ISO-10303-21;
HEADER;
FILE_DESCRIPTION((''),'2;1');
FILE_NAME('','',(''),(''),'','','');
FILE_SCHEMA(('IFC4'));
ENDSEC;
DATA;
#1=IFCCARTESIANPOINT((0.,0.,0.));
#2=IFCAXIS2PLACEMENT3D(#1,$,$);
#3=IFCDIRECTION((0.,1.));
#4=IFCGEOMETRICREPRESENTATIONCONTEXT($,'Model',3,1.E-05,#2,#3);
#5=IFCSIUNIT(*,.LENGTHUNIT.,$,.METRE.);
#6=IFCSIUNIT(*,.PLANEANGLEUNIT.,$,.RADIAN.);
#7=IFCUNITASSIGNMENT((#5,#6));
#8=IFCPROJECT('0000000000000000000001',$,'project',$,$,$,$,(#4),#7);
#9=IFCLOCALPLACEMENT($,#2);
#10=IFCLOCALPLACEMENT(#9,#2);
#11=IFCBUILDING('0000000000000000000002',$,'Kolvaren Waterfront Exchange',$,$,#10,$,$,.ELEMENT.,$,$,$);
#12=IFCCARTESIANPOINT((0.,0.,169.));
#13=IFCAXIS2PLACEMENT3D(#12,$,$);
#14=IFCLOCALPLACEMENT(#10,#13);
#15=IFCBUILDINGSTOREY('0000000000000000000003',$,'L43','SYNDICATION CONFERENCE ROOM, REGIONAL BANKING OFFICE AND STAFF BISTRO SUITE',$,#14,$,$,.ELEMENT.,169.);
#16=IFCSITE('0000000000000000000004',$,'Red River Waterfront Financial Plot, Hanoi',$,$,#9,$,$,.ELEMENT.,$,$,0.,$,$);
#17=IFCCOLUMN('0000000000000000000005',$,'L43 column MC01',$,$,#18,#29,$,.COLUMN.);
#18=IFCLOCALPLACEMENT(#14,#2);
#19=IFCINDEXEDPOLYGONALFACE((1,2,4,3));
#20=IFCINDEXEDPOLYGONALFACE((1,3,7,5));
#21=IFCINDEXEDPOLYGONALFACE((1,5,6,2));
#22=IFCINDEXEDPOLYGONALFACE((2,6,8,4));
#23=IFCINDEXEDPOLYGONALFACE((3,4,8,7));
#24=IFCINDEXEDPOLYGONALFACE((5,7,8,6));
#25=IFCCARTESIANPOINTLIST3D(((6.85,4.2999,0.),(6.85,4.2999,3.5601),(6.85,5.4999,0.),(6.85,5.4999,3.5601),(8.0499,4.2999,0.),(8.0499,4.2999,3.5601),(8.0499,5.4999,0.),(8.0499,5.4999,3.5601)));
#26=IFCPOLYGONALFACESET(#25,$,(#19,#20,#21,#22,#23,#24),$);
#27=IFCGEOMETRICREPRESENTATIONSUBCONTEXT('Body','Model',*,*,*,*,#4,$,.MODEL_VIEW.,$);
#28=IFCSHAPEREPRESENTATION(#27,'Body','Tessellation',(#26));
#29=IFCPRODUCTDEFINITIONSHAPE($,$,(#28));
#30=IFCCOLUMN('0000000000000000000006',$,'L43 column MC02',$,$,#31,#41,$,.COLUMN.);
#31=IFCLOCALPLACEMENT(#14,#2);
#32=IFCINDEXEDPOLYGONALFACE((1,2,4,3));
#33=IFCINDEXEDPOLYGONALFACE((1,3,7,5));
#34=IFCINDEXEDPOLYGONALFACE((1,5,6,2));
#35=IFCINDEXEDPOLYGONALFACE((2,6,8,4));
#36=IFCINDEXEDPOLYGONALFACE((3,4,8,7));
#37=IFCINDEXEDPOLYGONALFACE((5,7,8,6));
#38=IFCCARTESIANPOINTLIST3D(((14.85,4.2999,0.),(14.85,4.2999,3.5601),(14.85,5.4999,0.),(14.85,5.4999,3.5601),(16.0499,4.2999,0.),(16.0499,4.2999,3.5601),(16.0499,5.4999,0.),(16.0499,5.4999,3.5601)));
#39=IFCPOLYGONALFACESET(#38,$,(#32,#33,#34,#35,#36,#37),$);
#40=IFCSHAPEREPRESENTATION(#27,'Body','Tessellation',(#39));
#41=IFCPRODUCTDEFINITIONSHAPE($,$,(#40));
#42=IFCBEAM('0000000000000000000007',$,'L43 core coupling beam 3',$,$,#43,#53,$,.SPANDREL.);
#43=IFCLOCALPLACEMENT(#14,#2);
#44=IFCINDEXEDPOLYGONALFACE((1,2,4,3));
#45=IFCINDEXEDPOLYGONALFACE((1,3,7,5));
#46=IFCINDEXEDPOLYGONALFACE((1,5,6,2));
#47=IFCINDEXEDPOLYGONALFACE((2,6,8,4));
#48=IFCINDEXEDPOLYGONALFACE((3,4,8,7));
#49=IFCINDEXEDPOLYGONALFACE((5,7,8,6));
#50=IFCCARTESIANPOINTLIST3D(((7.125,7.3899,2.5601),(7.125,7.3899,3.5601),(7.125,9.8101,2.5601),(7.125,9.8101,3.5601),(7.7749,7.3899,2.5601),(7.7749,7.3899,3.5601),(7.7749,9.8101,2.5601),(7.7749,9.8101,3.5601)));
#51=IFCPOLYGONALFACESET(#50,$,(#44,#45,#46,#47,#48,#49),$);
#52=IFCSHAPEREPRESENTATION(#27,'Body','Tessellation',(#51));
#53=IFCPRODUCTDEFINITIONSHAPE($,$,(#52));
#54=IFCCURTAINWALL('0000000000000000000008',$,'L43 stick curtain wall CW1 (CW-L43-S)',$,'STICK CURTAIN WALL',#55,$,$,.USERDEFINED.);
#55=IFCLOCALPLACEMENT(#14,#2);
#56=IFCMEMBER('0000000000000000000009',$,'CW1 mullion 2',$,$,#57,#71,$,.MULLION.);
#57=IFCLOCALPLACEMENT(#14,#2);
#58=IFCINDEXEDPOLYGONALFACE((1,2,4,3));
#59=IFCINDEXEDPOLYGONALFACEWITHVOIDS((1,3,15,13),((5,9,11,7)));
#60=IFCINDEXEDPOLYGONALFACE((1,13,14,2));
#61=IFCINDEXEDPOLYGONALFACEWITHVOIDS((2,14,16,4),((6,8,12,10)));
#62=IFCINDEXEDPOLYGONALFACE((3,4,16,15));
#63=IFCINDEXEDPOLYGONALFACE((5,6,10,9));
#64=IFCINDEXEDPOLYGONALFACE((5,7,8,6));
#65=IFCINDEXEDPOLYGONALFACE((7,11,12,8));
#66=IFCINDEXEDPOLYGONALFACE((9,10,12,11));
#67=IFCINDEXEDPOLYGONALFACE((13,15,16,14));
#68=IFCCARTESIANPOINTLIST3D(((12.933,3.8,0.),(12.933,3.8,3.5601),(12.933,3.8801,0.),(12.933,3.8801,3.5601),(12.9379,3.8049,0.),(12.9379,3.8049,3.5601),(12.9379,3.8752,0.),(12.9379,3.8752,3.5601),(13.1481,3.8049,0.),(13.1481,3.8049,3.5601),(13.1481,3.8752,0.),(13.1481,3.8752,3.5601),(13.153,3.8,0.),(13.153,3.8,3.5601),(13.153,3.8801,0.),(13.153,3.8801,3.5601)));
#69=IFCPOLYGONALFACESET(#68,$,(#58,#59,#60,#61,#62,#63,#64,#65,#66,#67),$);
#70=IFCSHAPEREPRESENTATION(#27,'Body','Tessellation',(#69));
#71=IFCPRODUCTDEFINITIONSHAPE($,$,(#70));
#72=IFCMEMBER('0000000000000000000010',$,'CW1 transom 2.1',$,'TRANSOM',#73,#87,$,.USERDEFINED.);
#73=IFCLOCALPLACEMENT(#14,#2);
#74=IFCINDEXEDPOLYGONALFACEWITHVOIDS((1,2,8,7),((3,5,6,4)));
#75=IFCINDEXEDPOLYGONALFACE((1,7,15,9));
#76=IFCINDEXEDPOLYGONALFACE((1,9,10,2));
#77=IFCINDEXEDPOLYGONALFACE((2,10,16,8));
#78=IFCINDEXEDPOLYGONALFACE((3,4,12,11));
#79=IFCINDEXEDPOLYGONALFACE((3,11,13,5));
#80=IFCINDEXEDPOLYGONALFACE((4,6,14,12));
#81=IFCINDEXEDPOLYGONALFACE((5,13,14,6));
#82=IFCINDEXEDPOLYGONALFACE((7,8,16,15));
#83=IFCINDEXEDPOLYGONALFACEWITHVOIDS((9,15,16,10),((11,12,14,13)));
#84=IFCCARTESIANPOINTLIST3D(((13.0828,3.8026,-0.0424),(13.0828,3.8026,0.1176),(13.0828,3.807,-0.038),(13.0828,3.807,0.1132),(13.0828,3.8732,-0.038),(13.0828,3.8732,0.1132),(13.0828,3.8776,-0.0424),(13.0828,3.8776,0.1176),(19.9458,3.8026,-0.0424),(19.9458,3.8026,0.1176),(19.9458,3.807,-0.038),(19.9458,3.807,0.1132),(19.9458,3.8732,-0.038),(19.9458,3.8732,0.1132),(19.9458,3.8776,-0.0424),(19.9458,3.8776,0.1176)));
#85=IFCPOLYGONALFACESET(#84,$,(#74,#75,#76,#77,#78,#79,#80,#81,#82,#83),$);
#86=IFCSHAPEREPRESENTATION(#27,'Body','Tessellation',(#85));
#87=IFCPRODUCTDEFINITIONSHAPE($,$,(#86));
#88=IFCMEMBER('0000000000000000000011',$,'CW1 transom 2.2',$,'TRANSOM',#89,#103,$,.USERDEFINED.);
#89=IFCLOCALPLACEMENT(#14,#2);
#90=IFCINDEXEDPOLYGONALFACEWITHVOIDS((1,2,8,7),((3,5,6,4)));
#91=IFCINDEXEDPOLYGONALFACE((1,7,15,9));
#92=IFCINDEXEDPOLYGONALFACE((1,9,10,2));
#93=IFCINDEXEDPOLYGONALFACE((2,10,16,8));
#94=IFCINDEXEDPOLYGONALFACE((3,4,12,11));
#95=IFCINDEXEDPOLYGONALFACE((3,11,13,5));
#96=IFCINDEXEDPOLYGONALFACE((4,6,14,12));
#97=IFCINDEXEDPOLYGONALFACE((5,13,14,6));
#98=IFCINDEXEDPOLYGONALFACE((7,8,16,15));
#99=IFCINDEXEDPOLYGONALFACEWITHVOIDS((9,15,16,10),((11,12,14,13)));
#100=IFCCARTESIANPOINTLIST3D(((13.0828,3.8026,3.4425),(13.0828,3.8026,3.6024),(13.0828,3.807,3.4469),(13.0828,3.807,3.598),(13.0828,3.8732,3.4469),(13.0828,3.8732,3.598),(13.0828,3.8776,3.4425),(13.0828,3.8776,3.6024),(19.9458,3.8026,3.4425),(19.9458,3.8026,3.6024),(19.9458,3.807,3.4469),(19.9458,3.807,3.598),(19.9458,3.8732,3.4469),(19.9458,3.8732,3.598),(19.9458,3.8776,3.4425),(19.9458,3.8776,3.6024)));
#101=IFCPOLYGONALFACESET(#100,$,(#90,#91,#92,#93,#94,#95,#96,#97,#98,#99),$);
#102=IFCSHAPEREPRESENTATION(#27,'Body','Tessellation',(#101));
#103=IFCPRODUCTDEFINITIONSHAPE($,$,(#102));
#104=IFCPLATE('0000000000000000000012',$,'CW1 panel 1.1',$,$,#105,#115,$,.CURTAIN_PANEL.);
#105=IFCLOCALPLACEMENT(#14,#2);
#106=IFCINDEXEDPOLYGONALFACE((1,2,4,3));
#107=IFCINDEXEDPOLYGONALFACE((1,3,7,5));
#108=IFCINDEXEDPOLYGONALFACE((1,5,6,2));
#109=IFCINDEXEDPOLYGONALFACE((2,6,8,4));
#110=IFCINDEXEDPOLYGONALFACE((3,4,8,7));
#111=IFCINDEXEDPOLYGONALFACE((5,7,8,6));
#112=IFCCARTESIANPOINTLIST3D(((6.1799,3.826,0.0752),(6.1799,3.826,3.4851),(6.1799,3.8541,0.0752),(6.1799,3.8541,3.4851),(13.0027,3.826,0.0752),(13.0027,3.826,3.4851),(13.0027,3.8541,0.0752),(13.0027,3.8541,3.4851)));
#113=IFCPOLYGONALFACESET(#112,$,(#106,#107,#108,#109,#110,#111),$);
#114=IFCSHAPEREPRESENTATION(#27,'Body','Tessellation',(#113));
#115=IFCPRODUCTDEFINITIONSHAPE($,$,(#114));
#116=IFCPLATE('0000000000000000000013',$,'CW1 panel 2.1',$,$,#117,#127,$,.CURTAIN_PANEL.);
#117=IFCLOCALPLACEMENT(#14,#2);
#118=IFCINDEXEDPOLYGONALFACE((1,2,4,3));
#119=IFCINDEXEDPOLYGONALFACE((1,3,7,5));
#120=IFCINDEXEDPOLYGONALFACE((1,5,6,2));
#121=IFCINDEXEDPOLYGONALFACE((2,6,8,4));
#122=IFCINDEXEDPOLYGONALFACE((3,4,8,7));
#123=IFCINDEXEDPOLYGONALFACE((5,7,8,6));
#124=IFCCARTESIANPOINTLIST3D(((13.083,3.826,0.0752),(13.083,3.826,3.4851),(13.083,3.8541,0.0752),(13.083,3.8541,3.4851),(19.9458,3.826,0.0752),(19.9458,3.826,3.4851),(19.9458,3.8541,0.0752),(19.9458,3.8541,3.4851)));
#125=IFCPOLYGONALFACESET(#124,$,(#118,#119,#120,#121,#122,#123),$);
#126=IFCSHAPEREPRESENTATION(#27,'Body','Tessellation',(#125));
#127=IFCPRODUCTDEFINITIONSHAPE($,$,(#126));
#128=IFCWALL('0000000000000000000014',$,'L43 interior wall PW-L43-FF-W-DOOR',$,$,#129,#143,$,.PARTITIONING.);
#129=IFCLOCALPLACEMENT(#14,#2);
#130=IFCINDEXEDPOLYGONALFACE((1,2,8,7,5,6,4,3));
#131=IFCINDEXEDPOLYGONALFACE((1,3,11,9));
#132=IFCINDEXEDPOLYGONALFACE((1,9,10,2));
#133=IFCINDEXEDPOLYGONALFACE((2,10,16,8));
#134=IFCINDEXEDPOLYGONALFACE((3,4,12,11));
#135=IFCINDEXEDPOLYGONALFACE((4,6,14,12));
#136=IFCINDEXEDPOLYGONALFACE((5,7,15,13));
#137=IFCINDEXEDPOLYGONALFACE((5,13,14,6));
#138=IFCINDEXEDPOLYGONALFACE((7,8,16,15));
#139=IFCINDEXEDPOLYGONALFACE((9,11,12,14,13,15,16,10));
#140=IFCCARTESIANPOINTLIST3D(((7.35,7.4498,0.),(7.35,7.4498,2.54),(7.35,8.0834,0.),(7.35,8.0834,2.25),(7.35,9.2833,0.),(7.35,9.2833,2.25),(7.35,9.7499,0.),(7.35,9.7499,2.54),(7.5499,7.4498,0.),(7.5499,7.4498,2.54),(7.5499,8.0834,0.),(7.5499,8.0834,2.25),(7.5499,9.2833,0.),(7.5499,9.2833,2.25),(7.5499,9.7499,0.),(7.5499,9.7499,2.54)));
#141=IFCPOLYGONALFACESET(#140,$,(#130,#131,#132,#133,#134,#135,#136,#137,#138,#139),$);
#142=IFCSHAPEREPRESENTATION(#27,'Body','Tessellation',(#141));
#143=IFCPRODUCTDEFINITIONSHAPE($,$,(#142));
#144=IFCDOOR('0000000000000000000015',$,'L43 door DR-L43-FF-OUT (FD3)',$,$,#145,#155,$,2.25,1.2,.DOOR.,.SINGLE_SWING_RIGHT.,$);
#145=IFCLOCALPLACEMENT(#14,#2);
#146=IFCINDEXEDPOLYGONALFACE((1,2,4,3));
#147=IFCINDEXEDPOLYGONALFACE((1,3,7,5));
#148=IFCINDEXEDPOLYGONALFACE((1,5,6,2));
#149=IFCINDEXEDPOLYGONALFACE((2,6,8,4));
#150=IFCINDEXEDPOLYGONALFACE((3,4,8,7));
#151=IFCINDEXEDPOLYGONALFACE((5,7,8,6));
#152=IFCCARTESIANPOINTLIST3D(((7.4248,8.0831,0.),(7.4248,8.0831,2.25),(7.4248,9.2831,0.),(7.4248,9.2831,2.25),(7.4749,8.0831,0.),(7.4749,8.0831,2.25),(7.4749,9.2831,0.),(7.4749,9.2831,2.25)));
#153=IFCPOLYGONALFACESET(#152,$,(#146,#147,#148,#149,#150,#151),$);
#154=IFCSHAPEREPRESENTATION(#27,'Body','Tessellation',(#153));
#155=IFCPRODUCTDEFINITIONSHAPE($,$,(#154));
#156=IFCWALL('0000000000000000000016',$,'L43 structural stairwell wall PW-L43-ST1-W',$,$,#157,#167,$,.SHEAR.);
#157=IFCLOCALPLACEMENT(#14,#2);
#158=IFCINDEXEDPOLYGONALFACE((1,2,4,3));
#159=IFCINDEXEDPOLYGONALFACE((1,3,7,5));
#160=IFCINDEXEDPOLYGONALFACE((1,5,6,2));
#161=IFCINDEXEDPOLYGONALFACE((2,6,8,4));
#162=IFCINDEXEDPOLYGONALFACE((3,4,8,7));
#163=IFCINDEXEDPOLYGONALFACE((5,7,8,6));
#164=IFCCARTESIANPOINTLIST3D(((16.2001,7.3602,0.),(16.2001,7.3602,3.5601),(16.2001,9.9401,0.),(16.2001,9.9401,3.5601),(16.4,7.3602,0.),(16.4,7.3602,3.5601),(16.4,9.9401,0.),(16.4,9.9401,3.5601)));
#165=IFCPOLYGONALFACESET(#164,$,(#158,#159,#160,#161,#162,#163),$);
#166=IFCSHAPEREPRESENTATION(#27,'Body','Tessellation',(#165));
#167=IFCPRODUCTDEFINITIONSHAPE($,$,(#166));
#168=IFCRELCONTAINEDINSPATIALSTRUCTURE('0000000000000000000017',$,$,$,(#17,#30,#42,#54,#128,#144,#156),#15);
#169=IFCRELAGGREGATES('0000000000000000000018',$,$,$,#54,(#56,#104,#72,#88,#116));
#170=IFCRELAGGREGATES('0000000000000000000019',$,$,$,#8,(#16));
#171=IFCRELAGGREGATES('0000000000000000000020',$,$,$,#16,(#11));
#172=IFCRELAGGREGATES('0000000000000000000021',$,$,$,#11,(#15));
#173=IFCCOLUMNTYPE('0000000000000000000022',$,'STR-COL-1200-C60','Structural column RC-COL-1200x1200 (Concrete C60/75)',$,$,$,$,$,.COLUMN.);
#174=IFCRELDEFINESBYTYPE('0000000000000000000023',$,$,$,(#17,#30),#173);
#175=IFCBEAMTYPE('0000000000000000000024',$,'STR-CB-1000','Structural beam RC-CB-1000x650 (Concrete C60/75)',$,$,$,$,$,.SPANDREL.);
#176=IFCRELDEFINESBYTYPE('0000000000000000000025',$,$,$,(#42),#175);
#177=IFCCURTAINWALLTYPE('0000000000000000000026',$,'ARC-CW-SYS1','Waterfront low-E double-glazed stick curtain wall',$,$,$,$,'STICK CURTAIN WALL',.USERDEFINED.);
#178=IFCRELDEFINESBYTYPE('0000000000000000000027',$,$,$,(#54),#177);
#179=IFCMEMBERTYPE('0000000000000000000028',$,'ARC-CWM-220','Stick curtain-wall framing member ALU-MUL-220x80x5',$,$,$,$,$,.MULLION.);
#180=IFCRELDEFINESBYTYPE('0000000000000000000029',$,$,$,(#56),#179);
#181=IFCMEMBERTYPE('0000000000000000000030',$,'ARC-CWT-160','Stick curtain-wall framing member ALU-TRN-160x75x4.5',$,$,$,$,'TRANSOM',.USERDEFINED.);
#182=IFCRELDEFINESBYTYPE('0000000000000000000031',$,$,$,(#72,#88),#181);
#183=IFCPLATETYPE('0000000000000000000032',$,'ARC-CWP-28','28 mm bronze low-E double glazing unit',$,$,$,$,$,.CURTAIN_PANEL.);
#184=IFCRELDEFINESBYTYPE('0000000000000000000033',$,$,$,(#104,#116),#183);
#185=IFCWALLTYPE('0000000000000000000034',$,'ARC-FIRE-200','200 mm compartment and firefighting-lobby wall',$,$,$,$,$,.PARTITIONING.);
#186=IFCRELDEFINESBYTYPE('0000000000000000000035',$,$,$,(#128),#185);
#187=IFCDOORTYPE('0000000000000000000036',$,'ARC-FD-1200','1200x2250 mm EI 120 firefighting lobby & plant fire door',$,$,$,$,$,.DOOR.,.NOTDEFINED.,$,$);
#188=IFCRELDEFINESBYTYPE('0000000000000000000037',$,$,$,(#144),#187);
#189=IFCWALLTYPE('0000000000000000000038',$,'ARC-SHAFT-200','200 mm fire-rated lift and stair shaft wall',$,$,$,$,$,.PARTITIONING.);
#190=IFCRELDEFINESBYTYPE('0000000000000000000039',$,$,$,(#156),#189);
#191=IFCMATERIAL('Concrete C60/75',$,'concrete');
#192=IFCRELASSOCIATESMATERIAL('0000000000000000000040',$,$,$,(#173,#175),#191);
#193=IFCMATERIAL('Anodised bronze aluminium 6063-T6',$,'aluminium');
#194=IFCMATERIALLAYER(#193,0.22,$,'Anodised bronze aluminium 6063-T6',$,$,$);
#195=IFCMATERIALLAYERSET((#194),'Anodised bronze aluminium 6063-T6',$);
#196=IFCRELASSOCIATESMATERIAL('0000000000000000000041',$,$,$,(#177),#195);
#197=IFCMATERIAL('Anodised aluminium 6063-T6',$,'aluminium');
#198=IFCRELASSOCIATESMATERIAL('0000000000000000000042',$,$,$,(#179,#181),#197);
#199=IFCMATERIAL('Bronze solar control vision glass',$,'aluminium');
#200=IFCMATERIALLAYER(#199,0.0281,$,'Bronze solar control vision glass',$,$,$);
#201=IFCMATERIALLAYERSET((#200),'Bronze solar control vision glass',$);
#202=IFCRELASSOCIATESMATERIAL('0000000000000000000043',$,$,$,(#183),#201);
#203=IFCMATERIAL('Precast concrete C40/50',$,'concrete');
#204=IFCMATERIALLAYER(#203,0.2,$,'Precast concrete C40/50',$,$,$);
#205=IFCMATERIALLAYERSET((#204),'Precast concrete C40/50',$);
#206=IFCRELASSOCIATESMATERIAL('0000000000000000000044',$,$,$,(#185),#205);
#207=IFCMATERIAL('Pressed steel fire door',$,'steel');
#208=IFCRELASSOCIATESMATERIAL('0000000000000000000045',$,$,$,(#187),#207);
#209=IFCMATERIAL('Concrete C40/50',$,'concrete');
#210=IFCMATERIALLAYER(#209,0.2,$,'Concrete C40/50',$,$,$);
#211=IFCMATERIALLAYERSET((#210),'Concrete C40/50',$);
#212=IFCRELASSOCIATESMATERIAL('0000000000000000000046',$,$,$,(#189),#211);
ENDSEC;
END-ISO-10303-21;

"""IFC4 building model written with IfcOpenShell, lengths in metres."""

from ifc_helpers import new_model, si_unit, direction, frame, frame_2d, origin, origin_with_axes, origin_2d, place, context, subcontext, project, spatial, rectangle, hollow_rectangle, extrude, source, transform, mapped, material, layer, layer_set, material_profile, profile_set, type_object, element, fill, aggregate, save


model = new_model("IFC4")

# Units and contexts
model_context = context("Model", 3, precision=1e-05, world=origin(), true_north=direction((0.0, 1.0)))
body_context = subcontext(model_context, "Body", "Model", "MODEL_VIEW")
ifc_project = project(units=[si_unit("LENGTHUNIT", "METRE"), si_unit("PLANEANGLEUNIT", "RADIAN")], contexts=[model_context])

# Site, building, storey
site_placement = place(None, origin())
site = spatial("IfcSite", under=ifc_project, at=site_placement, Name="Red River Waterfront Financial Plot, Hanoi", CompositionType="ELEMENT", RefElevation=0.0)
building_placement = place(site_placement, origin())
building = spatial("IfcBuilding", under=site, at=building_placement, Name="Kolvaren Waterfront Exchange", CompositionType="ELEMENT")
storey_placement = place(building_placement, frame((0.0, 0.0, 169.0)))
storey = spatial("IfcBuildingStorey", under=building, at=storey_placement, Name="L43", Description="SYNDICATION CONFERENCE ROOM, REGIONAL BANKING OFFICE AND STAFF BISTRO SUITE", CompositionType="ELEMENT", Elevation=169.0)

# Columns
ifc_material_1 = material(Name="Concrete C60/75", Category="concrete")
ifc_material_profile_1 = material_profile(ifc_material_1, rectangle(XDim=1.2, YDim=1.2, at=origin_2d()), Name="RC-COL-1200x1200")
ifc_profile_set_1 = profile_set([ifc_material_profile_1], Name="Concrete C60/75")
column_type = type_object("IfcColumnType", Name="STR-COL-1200-C60", Description="Structural column RC-COL-1200x1200 (Concrete C60/75)", PredefinedType="COLUMN", material=ifc_profile_set_1)
for number, where, z_axis, x_axis, name in (
    (1, (7.45, 4.8999, 0.0), (0.0, 0.0, 1.0), (1.0, 0.0, 0.0), "L43 column MC01"),
    (2, (15.45, 4.8999, 0.0), (0.0, 0.0, 1.0), (1.0, 0.0, 0.0), "L43 column MC02"),
):
    element("IfcColumn", number, at=place(storey_placement, frame(where, z_axis=z_axis, x_axis=x_axis)), inside=storey, type_object=column_type, Name=name, PredefinedType="COLUMN", context=body_context, shape_type="SweptSolid", body=[
        extrude(rectangle(XDim=1.2, YDim=1.2, at=origin_2d()), origin(), (0.0, 0.0, 1.0), 3.5601),
    ])

# Beam
ifc_material_profile_2 = material_profile(ifc_material_1, rectangle(XDim=0.6499, YDim=1.0, at=origin_2d()), Name="RC-CB-1000x650")
ifc_profile_set_2 = profile_set([ifc_material_profile_2], Name="Concrete C60/75")
beam_type = type_object("IfcBeamType", Name="STR-CB-1000", Description="Structural beam RC-CB-1000x650 (Concrete C60/75)", PredefinedType="SPANDREL", material=ifc_profile_set_2)
beam_placement = place(storey_placement, frame((7.45, 7.3899, 3.0601), z_axis=(0.0, 1.0, 0.0), x_axis=(-1.0, 0.0, 0.0)))
element("IfcBeam", 3, at=beam_placement, inside=storey, type_object=beam_type, Name="L43 core coupling beam 3", PredefinedType="SPANDREL", context=body_context, shape_type="SweptSolid", body=[
    extrude(rectangle(XDim=0.6499, YDim=1.0, at=origin_2d()), origin(), (0.0, 0.0, 1.0), 2.4202),
])

# Curtain wall, members, plates
ifc_material_2 = material(Name="Anodised bronze aluminium 6063-T6", Category="aluminium")
ifc_layer_1 = layer(ifc_material_2, 0.22, Name="Anodised bronze aluminium 6063-T6")
ifc_layer_set_1 = layer_set([ifc_layer_1], Name="Anodised bronze aluminium 6063-T6")
curtain_wall_type = type_object("IfcCurtainWallType", Name="ARC-CW-SYS1", Description="Waterfront low-E double-glazed stick curtain wall", ElementType="STICK CURTAIN WALL", PredefinedType="USERDEFINED", material=ifc_layer_set_1)
curtain_wall_placement = place(storey_placement, origin())
curtain_wall = element("IfcCurtainWall", 4, at=curtain_wall_placement, inside=storey, type_object=curtain_wall_type, Name="L43 stick curtain wall CW1 (CW-L43-S)", ObjectType="STICK CURTAIN WALL", PredefinedType="USERDEFINED")
ifc_material_3 = material(Name="Anodised aluminium 6063-T6", Category="aluminium")
ifc_material_profile_3 = material_profile(ifc_material_3, hollow_rectangle(XDim=0.0801, YDim=0.22, WallThickness=0.0049, at=origin_2d()), Name="ALU-MUL-220x80x5")
ifc_profile_set_3 = profile_set([ifc_material_profile_3], Name="Anodised aluminium 6063-T6")
member_type_1 = type_object("IfcMemberType", Name="ARC-CWM-220", Description="Stick curtain-wall framing member ALU-MUL-220x80x5", PredefinedType="MULLION", material=ifc_profile_set_3)
shared_shape_1 = source(origin_with_axes(), body_context, "Body", "SweptSolid", [
    extrude(hollow_rectangle(XDim=0.0801, YDim=0.22, WallThickness=0.0049, at=origin_2d()), origin(), (0.0, 0.0, 1.0), 3.5601),
])
member_1_placement = place(storey_placement, frame((13.043, 3.8401, 0.0), z_axis=(0.0, 0.0, 1.0), x_axis=(0.0, 1.0, 0.0)))
member_1 = element("IfcMember", 5, at=member_1_placement, type_object=member_type_1, Name="CW1 mullion 2", PredefinedType="MULLION", context=body_context, shape_type="MappedRepresentation", body=[
    mapped(shared_shape_1, transform((0.0, 0.0, 0.0), x_axis=(1.0, 0.0, 0.0), y_axis=(0.0, 1.0, 0.0), z_axis=(0.0, 0.0, 1.0), scale=1.0)),
])
ifc_material_profile_4 = material_profile(ifc_material_3, hollow_rectangle(XDim=0.075, YDim=0.1599, WallThickness=0.0044, at=origin_2d()), Name="ALU-TRN-160x75x4.5")
ifc_profile_set_4 = profile_set([ifc_material_profile_4], Name="Anodised aluminium 6063-T6")
member_type_2 = type_object("IfcMemberType", Name="ARC-CWT-160", Description="Stick curtain-wall framing member ALU-TRN-160x75x4.5", ElementType="TRANSOM", PredefinedType="USERDEFINED", material=ifc_profile_set_4)
shared_shape_2 = source(origin_with_axes(), body_context, "Body", "SweptSolid", [
    extrude(hollow_rectangle(XDim=0.075, YDim=0.1599, WallThickness=0.0044, at=origin_2d()), origin(), (0.0, 0.0, 1.0), 6.863),
])
member_2_placement = place(storey_placement, frame((13.0828, 3.8401, 0.0376), z_axis=(1.0, 0.0, 0.0), x_axis=(0.0, 1.0, 0.0)))
member_2 = element("IfcMember", 6, at=member_2_placement, type_object=member_type_2, Name="CW1 transom 2.1", ObjectType="TRANSOM", PredefinedType="USERDEFINED", context=body_context, shape_type="MappedRepresentation", body=[
    mapped(shared_shape_2, transform((0.0, 0.0, 0.0), x_axis=(1.0, 0.0, 0.0), y_axis=(0.0, 1.0, 0.0), z_axis=(0.0, 0.0, 1.0), scale=1.0)),
])
member_3_placement = place(storey_placement, frame((13.0828, 3.8401, 3.5225), z_axis=(1.0, 0.0, 0.0), x_axis=(0.0, 1.0, 0.0)))
member_3 = element("IfcMember", 7, at=member_3_placement, type_object=member_type_2, Name="CW1 transom 2.2", ObjectType="TRANSOM", PredefinedType="USERDEFINED", context=body_context, shape_type="MappedRepresentation", body=[
    mapped(shared_shape_2, transform((0.0, 0.0, 0.0), x_axis=(1.0, 0.0, 0.0), y_axis=(0.0, 1.0, 0.0), z_axis=(0.0, 0.0, 1.0), scale=1.0)),
])
ifc_material_4 = material(Name="Bronze solar control vision glass", Category="aluminium")
ifc_layer_2 = layer(ifc_material_4, 0.0281, Name="Bronze solar control vision glass")
ifc_layer_set_2 = layer_set([ifc_layer_2], Name="Bronze solar control vision glass")
plate_type = type_object("IfcPlateType", Name="ARC-CWP-28", Description="28 mm bronze low-E double glazing unit", PredefinedType="CURTAIN_PANEL", material=ifc_layer_set_2)
shared_shape_3 = source(origin_with_axes(), body_context, "Body", "SweptSolid", [
    extrude(rectangle(XDim=6.8228, YDim=0.0281, at=origin_2d()), origin(), (0.0, 0.0, 1.0), 3.4099),
])
plate_1_placement = place(storey_placement, frame((9.5913, 3.8401, 0.0752), z_axis=(0.0, 0.0, 1.0), x_axis=(1.0, 0.0, 0.0)))
plate_1 = element("IfcPlate", 8, at=plate_1_placement, type_object=plate_type, Name="CW1 panel 1.1", PredefinedType="CURTAIN_PANEL", context=body_context, shape_type="MappedRepresentation", body=[
    mapped(shared_shape_3, transform((0.0, 0.0, 0.0), x_axis=(1.0, 0.0, 0.0), y_axis=(0.0, 1.0, 0.0), z_axis=(0.0, 0.0, 1.0), scale=1.0)),
])
shared_shape_4 = source(origin_with_axes(), body_context, "Body", "SweptSolid", [
    extrude(rectangle(XDim=6.8628, YDim=0.0281, at=origin_2d()), origin(), (0.0, 0.0, 1.0), 3.4099),
])
plate_2_placement = place(storey_placement, frame((16.5144, 3.8401, 0.0752), z_axis=(0.0, 0.0, 1.0), x_axis=(1.0, 0.0, 0.0)))
plate_2 = element("IfcPlate", 9, at=plate_2_placement, type_object=plate_type, Name="CW1 panel 2.1", PredefinedType="CURTAIN_PANEL", context=body_context, shape_type="MappedRepresentation", body=[
    mapped(shared_shape_4, transform((0.0, 0.0, 0.0), x_axis=(1.0, 0.0, 0.0), y_axis=(0.0, 1.0, 0.0), z_axis=(0.0, 0.0, 1.0), scale=1.0)),
])
aggregate(curtain_wall, [member_1, plate_1, member_2, member_3, plate_2])

# Wall, opening, door
ifc_material_5 = material(Name="Precast concrete C40/50", Category="concrete")
ifc_layer_3 = layer(ifc_material_5, 0.2, Name="Precast concrete C40/50")
ifc_layer_set_3 = layer_set([ifc_layer_3], Name="Precast concrete C40/50")
wall_type_1 = type_object("IfcWallType", Name="ARC-FIRE-200", Description="200 mm compartment and firefighting-lobby wall", PredefinedType="PARTITIONING", material=ifc_layer_set_3)
wall_1_placement = place(storey_placement, frame((7.45, 7.45, 0.0), z_axis=(0.0, 0.0, 1.0), x_axis=(0.0, 1.0, 0.0)))
wall_1 = element("IfcWall", 10, at=wall_1_placement, inside=storey, type_object=wall_type_1, Name="L43 interior wall PW-L43-FF-W-DOOR", PredefinedType="PARTITIONING", context=body_context, shape_type="SweptSolid", body=[
    extrude(rectangle(XDim=2.3, YDim=0.2, at=frame_2d((1.1499, 0.0))), origin(), (0.0, 0.0, 1.0), 2.54),
])
opening_1_placement = place(wall_1_placement, frame((0.6333, 0.0, 0.0)))
opening_1 = element("IfcOpeningElement", 11, at=opening_1_placement, cuts=wall_1, PredefinedType="OPENING", context=body_context, shape_type="SweptSolid", body=[
    extrude(rectangle(XDim=1.2, YDim=2.25, at=frame_2d((0.6001, 1.125))), frame((0.0, 0.1099, 0.0), z_axis=(0.0, -1.0, 0.0), x_axis=(1.0, 0.0, 0.0)), (0.0, 0.0, 1.0), 0.22),
])
ifc_material_6 = material(Name="Pressed steel fire door", Category="steel")
door_type_1 = type_object("IfcDoorType", Name="ARC-FD-1200", Description="1200x2250 mm EI 120 firefighting lobby & plant fire door", OperationType="NOTDEFINED", PredefinedType="DOOR", material=ifc_material_6)
door_1_placement = place(opening_1_placement, frame((1.2, 0.0, 0.0), z_axis=(0.0, 0.0, 1.0), x_axis=(-1.0, 0.0, 0.0)))
door_1 = element("IfcDoor", 12, at=door_1_placement, inside=storey, type_object=door_type_1, Name="L43 door DR-L43-FF-OUT (FD3)", OperationType="SINGLE_SWING_RIGHT", OverallHeight=2.25, OverallWidth=1.2, PredefinedType="DOOR", context=body_context, shape_type="SweptSolid", body=[
    extrude(rectangle(XDim=1.2, YDim=2.25, at=frame_2d((0.6001, 1.125))), frame((0.0, 0.0249, 0.0), z_axis=(0.0, -1.0, 0.0), x_axis=(1.0, 0.0, 0.0)), (0.0, 0.0, 1.0), 0.05),
])
fill(opening_1, door_1)

# Wall
ifc_material_7 = material(Name="Concrete C40/50", Category="concrete")
ifc_layer_4 = layer(ifc_material_7, 0.2, Name="Concrete C40/50")
ifc_layer_set_4 = layer_set([ifc_layer_4], Name="Concrete C40/50")
wall_type_2 = type_object("IfcWallType", Name="ARC-SHAFT-200", Description="200 mm fire-rated lift and stair shaft wall", PredefinedType="PARTITIONING", material=ifc_layer_set_4)
wall_2_placement = place(storey_placement, frame((16.3, 7.3601, 0.0), z_axis=(0.0, 0.0, 1.0), x_axis=(0.0, 1.0, 0.0)))
element("IfcWall", 13, at=wall_2_placement, inside=storey, type_object=wall_type_2, Name="L43 structural stairwell wall PW-L43-ST1-W", PredefinedType="SHEAR", context=body_context, shape_type="SweptSolid", body=[
    extrude(rectangle(XDim=2.5798, YDim=0.2, at=frame_2d((1.29, 0.0))), origin(), (0.0, 0.0, 1.0), 3.5601),
])

save(model, "model.ifc")
